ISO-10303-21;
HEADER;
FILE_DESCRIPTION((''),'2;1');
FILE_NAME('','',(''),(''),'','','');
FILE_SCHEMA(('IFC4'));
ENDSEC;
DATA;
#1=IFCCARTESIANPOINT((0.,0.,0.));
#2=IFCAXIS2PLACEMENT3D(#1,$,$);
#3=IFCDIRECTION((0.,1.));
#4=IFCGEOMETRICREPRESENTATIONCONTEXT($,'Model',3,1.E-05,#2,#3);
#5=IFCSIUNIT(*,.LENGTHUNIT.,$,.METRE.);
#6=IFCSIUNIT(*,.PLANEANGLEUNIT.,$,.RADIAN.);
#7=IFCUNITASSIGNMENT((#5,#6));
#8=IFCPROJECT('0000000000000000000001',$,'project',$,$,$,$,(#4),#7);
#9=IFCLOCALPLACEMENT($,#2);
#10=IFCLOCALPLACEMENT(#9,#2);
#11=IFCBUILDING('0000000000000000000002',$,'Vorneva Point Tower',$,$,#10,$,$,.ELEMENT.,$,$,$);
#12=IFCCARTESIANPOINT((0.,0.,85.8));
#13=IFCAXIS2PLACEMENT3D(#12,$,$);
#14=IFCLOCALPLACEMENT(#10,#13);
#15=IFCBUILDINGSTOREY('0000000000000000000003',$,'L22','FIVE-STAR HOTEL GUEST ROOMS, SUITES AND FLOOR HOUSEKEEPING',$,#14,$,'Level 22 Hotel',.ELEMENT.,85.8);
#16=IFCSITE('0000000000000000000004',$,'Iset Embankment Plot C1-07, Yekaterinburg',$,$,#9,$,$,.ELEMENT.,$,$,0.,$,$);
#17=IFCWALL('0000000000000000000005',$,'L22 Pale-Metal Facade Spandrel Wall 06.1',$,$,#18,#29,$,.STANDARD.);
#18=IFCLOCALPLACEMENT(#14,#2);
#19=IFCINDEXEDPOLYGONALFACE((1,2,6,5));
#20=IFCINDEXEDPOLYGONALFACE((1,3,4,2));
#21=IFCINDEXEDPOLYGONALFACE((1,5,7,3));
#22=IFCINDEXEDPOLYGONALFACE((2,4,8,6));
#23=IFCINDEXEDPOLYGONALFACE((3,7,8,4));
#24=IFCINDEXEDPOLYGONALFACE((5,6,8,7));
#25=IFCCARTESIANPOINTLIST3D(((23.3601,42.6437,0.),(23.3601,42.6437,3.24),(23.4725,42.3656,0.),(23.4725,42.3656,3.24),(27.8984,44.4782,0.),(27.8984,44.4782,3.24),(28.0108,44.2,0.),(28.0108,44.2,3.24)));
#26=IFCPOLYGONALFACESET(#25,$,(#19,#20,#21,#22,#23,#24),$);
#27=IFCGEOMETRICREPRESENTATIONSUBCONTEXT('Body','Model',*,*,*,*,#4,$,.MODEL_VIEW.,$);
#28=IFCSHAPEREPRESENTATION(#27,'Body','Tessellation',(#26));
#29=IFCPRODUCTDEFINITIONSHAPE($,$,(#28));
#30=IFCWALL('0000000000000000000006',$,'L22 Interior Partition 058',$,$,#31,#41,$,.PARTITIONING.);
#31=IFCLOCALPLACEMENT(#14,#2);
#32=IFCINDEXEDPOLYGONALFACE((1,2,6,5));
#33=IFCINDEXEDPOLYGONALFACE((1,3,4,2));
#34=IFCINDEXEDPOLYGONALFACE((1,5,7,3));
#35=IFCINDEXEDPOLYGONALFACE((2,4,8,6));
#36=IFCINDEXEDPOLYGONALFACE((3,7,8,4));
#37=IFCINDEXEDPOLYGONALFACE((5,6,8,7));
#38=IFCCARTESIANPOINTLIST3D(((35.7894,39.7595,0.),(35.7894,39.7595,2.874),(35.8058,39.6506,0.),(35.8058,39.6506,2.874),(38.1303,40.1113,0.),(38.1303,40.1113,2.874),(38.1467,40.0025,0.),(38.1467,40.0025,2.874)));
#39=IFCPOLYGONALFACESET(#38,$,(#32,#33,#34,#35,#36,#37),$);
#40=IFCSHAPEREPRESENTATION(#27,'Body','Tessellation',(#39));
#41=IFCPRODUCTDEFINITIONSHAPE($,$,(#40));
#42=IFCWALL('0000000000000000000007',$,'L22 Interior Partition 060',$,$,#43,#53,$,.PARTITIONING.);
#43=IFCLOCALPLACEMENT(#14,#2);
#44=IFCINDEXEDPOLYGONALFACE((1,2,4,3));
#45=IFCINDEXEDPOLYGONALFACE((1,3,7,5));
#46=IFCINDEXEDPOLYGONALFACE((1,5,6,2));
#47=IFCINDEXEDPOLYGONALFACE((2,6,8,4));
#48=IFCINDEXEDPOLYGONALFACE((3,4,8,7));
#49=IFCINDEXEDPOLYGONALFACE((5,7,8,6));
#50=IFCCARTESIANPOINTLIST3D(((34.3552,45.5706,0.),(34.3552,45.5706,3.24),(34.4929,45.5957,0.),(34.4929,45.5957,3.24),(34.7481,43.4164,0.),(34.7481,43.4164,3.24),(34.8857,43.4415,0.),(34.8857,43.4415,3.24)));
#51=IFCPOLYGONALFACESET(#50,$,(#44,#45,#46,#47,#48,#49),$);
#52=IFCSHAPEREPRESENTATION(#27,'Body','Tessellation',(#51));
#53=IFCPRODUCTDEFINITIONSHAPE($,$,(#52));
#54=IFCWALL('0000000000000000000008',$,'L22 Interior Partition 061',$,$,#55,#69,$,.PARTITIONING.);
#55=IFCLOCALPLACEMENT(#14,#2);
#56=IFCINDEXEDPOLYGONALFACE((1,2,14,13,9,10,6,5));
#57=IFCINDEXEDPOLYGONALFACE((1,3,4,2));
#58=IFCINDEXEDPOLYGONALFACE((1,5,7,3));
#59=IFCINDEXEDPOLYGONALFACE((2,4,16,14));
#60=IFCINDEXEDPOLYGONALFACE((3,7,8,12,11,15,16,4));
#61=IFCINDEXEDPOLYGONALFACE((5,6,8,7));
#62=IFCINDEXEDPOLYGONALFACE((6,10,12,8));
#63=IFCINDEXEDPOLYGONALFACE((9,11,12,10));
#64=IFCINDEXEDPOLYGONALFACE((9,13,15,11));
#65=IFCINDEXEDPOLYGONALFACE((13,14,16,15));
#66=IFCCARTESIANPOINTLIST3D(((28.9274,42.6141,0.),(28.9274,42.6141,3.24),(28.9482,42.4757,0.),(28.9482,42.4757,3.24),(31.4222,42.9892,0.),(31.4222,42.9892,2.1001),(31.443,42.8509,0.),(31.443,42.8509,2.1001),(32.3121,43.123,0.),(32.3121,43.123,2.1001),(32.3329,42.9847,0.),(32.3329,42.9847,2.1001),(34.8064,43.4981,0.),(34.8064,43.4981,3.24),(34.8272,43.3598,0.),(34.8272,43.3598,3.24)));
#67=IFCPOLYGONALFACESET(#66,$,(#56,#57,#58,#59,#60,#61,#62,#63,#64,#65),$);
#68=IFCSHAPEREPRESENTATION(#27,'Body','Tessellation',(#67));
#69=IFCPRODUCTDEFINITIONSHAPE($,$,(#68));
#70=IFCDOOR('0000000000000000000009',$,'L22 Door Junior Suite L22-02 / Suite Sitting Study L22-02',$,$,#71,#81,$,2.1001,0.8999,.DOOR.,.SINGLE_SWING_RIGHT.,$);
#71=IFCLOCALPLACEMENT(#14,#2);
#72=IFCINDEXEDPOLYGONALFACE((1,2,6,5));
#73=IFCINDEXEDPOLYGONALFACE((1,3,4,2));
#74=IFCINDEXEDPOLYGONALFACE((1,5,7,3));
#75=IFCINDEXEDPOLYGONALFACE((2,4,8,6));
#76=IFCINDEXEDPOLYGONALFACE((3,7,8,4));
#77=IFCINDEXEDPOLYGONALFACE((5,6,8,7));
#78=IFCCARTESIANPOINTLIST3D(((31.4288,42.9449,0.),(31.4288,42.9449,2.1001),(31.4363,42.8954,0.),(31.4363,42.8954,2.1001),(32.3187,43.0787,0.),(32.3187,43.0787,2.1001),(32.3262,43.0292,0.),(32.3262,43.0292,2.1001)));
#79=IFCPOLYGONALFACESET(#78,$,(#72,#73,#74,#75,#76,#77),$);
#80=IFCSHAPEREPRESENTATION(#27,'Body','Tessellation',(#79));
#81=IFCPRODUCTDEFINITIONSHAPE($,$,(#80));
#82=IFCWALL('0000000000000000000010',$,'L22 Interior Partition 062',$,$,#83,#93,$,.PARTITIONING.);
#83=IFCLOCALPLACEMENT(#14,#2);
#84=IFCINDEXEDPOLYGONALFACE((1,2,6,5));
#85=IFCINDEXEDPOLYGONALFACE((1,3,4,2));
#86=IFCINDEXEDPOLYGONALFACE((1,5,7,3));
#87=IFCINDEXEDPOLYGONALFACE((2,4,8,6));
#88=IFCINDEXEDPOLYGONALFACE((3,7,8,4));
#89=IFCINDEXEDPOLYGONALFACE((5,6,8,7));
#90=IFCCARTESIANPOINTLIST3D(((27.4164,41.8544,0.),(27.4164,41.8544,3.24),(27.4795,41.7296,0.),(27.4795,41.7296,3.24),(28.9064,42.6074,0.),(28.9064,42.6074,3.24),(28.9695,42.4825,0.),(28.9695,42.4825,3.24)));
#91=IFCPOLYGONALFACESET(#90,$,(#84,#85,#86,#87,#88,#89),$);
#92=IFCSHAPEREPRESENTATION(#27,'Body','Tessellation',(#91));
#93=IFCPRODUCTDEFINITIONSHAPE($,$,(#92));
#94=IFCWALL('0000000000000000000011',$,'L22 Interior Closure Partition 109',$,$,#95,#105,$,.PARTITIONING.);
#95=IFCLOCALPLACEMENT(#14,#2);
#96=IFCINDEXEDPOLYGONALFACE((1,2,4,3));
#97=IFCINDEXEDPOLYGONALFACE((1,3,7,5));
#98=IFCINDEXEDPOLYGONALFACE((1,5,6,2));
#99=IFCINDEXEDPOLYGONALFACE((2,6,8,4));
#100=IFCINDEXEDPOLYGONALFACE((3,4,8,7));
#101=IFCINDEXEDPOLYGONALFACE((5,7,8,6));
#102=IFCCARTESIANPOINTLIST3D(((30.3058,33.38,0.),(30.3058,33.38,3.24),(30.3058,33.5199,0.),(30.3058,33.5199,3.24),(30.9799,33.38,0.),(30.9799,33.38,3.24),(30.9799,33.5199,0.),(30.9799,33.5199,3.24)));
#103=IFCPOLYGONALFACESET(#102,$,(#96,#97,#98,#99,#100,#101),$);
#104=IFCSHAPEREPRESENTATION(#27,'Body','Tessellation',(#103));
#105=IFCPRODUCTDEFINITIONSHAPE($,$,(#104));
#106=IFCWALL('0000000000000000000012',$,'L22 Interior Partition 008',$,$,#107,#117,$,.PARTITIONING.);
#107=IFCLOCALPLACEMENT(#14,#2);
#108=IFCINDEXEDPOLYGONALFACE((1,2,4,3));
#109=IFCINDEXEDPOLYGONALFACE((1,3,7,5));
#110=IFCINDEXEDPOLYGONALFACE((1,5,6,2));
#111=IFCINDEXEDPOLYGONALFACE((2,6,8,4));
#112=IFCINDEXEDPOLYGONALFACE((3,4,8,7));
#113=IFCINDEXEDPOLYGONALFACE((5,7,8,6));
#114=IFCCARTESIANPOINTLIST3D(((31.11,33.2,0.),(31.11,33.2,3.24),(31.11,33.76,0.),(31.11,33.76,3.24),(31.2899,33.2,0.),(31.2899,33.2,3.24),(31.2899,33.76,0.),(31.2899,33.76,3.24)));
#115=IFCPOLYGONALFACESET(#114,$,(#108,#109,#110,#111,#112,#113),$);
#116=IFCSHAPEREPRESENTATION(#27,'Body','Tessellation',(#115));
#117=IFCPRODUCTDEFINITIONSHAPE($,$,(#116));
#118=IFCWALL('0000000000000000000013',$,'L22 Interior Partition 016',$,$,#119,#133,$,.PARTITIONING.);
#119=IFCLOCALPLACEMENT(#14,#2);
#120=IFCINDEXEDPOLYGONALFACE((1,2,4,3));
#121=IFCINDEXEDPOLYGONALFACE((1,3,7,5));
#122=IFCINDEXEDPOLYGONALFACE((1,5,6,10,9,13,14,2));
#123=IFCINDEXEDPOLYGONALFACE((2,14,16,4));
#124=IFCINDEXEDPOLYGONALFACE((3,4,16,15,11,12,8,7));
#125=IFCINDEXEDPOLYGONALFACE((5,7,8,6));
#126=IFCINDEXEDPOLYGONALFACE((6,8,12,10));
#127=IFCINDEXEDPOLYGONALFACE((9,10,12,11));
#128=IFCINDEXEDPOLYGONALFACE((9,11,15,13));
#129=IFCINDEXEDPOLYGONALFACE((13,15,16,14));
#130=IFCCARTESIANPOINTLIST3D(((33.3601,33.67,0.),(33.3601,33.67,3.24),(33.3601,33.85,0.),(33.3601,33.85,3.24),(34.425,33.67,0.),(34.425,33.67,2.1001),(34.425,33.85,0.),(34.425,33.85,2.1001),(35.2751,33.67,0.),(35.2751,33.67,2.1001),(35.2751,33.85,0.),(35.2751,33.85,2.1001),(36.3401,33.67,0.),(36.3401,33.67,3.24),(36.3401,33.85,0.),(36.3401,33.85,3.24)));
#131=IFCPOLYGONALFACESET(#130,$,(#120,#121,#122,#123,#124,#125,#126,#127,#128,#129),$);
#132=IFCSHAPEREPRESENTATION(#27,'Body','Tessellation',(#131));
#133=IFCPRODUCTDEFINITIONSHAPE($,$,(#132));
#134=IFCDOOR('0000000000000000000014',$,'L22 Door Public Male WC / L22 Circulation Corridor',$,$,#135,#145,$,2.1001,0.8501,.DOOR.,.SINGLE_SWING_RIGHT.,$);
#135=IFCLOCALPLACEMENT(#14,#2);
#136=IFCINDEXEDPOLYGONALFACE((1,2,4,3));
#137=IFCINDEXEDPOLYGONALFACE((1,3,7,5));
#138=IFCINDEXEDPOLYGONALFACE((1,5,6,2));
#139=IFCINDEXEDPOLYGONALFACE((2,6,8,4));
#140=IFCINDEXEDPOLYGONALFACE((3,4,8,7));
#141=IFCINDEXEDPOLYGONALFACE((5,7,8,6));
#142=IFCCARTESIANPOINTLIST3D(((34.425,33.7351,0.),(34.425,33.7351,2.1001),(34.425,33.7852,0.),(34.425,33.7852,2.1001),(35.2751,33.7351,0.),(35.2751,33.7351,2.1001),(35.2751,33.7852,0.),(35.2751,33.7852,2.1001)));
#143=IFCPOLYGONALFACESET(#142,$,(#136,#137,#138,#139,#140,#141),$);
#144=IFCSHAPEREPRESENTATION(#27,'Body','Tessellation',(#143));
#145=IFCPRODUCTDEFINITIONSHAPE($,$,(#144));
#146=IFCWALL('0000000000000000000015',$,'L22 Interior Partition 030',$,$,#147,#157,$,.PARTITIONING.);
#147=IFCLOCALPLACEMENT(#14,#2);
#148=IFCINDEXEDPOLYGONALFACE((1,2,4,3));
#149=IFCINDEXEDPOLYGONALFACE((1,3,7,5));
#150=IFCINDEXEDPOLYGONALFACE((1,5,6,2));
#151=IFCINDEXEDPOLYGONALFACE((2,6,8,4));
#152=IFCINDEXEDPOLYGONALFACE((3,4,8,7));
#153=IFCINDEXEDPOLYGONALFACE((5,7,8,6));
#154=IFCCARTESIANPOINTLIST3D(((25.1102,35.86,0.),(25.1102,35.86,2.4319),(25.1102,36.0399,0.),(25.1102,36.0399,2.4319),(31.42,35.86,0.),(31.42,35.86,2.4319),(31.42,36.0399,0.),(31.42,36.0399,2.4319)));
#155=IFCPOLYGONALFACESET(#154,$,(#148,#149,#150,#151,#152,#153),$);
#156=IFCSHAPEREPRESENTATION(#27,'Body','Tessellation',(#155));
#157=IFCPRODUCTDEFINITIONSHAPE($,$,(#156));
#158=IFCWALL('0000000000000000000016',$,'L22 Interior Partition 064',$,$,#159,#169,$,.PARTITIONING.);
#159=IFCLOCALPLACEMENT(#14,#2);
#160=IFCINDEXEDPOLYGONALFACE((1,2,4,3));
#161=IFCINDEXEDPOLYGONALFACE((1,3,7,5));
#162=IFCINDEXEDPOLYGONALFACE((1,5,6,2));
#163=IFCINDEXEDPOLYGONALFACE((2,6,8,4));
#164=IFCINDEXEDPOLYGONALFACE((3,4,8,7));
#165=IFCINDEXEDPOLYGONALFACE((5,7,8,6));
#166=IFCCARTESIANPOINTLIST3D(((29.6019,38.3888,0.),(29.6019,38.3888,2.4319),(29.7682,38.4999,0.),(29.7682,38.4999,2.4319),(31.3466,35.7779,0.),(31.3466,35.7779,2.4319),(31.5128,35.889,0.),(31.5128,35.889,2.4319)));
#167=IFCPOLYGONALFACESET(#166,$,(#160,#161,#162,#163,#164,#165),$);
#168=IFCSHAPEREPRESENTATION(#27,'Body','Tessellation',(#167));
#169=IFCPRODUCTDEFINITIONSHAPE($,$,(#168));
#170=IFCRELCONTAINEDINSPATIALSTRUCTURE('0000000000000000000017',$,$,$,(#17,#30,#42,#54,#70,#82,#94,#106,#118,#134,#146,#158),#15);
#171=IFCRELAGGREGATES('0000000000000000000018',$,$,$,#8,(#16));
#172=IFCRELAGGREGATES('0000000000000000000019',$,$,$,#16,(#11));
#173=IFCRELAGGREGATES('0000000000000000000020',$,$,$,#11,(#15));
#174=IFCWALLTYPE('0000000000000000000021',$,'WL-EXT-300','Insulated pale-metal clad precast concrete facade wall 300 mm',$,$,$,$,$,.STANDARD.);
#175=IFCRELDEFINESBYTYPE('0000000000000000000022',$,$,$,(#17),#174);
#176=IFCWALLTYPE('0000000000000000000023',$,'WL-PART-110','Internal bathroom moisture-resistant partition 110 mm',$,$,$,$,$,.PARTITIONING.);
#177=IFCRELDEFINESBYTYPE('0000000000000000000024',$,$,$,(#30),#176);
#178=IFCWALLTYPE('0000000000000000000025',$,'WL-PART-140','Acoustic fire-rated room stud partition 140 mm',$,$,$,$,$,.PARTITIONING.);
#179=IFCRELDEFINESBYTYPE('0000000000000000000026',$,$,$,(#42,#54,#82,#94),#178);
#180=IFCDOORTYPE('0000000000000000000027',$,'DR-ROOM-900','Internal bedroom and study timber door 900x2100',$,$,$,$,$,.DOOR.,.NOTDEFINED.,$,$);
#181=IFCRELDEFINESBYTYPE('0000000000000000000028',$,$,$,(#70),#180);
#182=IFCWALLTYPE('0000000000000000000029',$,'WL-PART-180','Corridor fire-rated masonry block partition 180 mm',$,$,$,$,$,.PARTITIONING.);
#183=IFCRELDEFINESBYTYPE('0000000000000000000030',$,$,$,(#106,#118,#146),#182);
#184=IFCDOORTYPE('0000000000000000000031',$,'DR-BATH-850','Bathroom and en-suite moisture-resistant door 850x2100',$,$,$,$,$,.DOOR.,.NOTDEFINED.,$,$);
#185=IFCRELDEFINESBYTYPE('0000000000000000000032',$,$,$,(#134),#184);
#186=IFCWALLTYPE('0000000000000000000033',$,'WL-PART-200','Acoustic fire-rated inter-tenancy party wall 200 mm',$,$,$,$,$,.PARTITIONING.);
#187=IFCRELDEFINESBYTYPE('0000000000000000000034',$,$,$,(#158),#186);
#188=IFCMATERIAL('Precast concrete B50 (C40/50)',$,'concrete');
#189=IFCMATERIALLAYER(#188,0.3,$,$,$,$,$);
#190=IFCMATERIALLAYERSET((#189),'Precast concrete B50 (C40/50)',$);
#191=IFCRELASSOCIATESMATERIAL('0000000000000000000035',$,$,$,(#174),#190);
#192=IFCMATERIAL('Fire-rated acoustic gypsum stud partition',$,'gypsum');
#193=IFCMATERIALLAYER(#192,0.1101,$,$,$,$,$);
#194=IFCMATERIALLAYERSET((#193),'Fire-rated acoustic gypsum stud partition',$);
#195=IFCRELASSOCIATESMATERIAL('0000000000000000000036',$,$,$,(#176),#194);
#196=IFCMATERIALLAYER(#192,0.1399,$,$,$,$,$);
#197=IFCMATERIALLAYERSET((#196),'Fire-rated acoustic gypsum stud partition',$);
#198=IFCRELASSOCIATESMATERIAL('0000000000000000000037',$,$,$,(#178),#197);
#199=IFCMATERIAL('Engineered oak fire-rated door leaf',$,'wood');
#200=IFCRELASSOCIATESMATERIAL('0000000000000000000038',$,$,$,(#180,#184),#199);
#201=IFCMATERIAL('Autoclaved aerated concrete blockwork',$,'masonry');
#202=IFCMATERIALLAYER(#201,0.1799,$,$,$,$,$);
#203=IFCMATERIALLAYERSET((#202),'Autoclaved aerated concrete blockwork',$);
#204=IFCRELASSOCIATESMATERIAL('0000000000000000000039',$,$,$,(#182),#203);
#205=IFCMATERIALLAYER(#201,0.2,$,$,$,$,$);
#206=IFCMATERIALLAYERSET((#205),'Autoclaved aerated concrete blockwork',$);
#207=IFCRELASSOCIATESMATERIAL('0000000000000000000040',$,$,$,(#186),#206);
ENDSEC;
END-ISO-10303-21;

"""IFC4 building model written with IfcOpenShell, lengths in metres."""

from ifc_helpers import new_model, si_unit, direction, frame, frame_2d, origin, place, context, subcontext, project, spatial, rectangle, extrude, material, layer, layer_set, type_object, element, fill, save


model = new_model("IFC4")

# Units and contexts
model_context = context("Model", 3, precision=1e-05, world=origin(), true_north=direction((0.0, 1.0)))
body_context = subcontext(model_context, "Body", "Model", "MODEL_VIEW")
ifc_project = project(units=[si_unit("LENGTHUNIT", "METRE"), si_unit("PLANEANGLEUNIT", "RADIAN")], contexts=[model_context])

# Site, building, storey
site_placement = place(None, origin())
site = spatial("IfcSite", under=ifc_project, at=site_placement, Name="Iset Embankment Plot C1-07, Yekaterinburg", CompositionType="ELEMENT", RefElevation=0.0)
building_placement = place(site_placement, origin())
building = spatial("IfcBuilding", under=site, at=building_placement, Name="Vorneva Point Tower", CompositionType="ELEMENT")
storey_placement = place(building_placement, frame((0.0, 0.0, 85.8)))
storey = spatial("IfcBuildingStorey", under=building, at=storey_placement, Name="L22", Description="FIVE-STAR HOTEL GUEST ROOMS, SUITES AND FLOOR HOUSEKEEPING", LongName="Level 22 Hotel", CompositionType="ELEMENT", Elevation=85.8)

# Walls
ifc_material_1 = material(Name="Precast concrete B50 (C40/50)", Category="concrete")
ifc_layer_1 = layer(ifc_material_1, 0.3)
ifc_layer_set_1 = layer_set([ifc_layer_1], Name="Precast concrete B50 (C40/50)")
wall_type_1 = type_object("IfcWallType", Name="WL-EXT-300", Description="Insulated pale-metal clad precast concrete facade wall 300 mm", PredefinedType="STANDARD", material=ifc_layer_set_1)
wall_1_placement = place(storey_placement, frame((27.9546, 44.3391, 0.0), z_axis=(0.0, 0.0, 1.0), x_axis=(-0.927122, -0.374759, 0.0)))
element("IfcWall", 1, at=wall_1_placement, inside=storey, type_object=wall_type_1, Name="L22 Pale-Metal Facade Spandrel Wall 06.1", PredefinedType="STANDARD", context=body_context, shape_type="SweptSolid", body=[
    extrude(rectangle(XDim=4.895, YDim=0.3, at=frame_2d((2.4475, 0.0))), origin(), (0.0, 0.0, 1.0), 3.24),
])
ifc_material_2 = material(Name="Fire-rated acoustic gypsum stud partition", Category="gypsum")
ifc_layer_2 = layer(ifc_material_2, 0.1101)
ifc_layer_set_2 = layer_set([ifc_layer_2], Name="Fire-rated acoustic gypsum stud partition")
wall_type_2 = type_object("IfcWallType", Name="WL-PART-110", Description="Internal bathroom moisture-resistant partition 110 mm", PredefinedType="PARTITIONING", material=ifc_layer_set_2)
wall_2_placement = place(storey_placement, frame((35.7976, 39.7051, 0.0), z_axis=(0.0, 0.0, 1.0), x_axis=(0.988894, 0.148623, 0.0)))
element("IfcWall", 2, at=wall_2_placement, inside=storey, type_object=wall_type_2, Name="L22 Interior Partition 058", PredefinedType="PARTITIONING", context=body_context, shape_type="SweptSolid", body=[
    extrude(rectangle(XDim=2.3672, YDim=0.1101, at=frame_2d((1.1836, 0.0))), origin(), (0.0, 0.0, 1.0), 2.874),
])
ifc_layer_3 = layer(ifc_material_2, 0.1399)
ifc_layer_set_3 = layer_set([ifc_layer_3], Name="Fire-rated acoustic gypsum stud partition")
wall_type_3 = type_object("IfcWallType", Name="WL-PART-140", Description="Acoustic fire-rated room stud partition 140 mm", PredefinedType="PARTITIONING", material=ifc_layer_set_3)
wall_3_placement = place(storey_placement, frame((34.4241, 45.583, 0.0), z_axis=(0.0, 0.0, 1.0), x_axis=(0.179405, -0.983775, 0.0)))
element("IfcWall", 3, at=wall_3_placement, inside=storey, type_object=wall_type_3, Name="L22 Interior Partition 060", PredefinedType="PARTITIONING", context=body_context, shape_type="SweptSolid", body=[
    extrude(rectangle(XDim=2.1897, YDim=0.1399, at=frame_2d((1.0947, 0.0))), origin(), (0.0, 0.0, 1.0), 3.24),
])

# Wall, opening, door
wall_4_placement = place(storey_placement, frame((34.8169, 43.429, 0.0), z_axis=(0.0, 0.0, 1.0), x_axis=(-0.988882, -0.148702, 0.0)))
wall_4 = element("IfcWall", 4, at=wall_4_placement, inside=storey, type_object=wall_type_3, Name="L22 Interior Partition 061", PredefinedType="PARTITIONING", context=body_context, shape_type="SweptSolid", body=[
    extrude(rectangle(XDim=5.9451, YDim=0.1399, at=frame_2d((2.9727, 0.0))), origin(), (0.0, 0.0, 1.0), 3.24),
])
opening_1_placement = place(wall_4_placement, frame((2.5225, 0.0, 0.0)))
opening_1 = element("IfcOpeningElement", 5, at=opening_1_placement, cuts=wall_4, PredefinedType="OPENING", context=body_context, shape_type="SweptSolid", body=[
    extrude(rectangle(XDim=0.8999, YDim=2.1001, at=frame_2d((0.45, 1.05))), frame((0.0, 0.085, 0.0), z_axis=(0.0, -1.0, 0.0), x_axis=(1.0, 0.0, 0.0)), (0.0, 0.0, 1.0), 0.1697),
])
ifc_material_3 = material(Name="Engineered oak fire-rated door leaf", Category="wood")
door_type_1 = type_object("IfcDoorType", Name="DR-ROOM-900", Description="Internal bedroom and study timber door 900x2100", OperationType="NOTDEFINED", PredefinedType="DOOR", material=ifc_material_3)
door_1_placement = place(opening_1_placement, origin())
door_1 = element("IfcDoor", 6, at=door_1_placement, inside=storey, type_object=door_type_1, Name="L22 Door Junior Suite L22-02 / Suite Sitting Study L22-02", OperationType="SINGLE_SWING_RIGHT", OverallHeight=2.1001, OverallWidth=0.8999, PredefinedType="DOOR", context=body_context, shape_type="SweptSolid", body=[
    extrude(rectangle(XDim=0.8999, YDim=2.1001, at=frame_2d((0.45, 1.05))), frame((0.0, 0.0249, 0.0), z_axis=(0.0, -1.0, 0.0), x_axis=(1.0, 0.0, 0.0)), (0.0, 0.0, 1.0), 0.05),
])
fill(opening_1, door_1)

# Walls
wall_5_placement = place(storey_placement, frame((28.938, 42.5449, 0.0), z_axis=(0.0, 0.0, 1.0), x_axis=(-0.892518, -0.451012, 0.0)))
element("IfcWall", 7, at=wall_5_placement, inside=storey, type_object=wall_type_3, Name="L22 Interior Partition 062", PredefinedType="PARTITIONING", context=body_context, shape_type="SweptSolid", body=[
    extrude(rectangle(XDim=1.6694, YDim=0.1399, at=frame_2d((0.8347, 0.0))), origin(), (0.0, 0.0, 1.0), 3.24),
])
wall_6_placement = place(storey_placement, frame((30.3059, 33.45, 0.0), z_axis=(0.0, 0.0, 1.0), x_axis=(1.0, 0.0, 0.0)))
element("IfcWall", 8, at=wall_6_placement, inside=storey, type_object=wall_type_3, Name="L22 Interior Closure Partition 109", PredefinedType="PARTITIONING", context=body_context, shape_type="SweptSolid", body=[
    extrude(rectangle(XDim=0.6741, YDim=0.1399, at=frame_2d((0.3369, 0.0))), origin(), (0.0, 0.0, 1.0), 3.24),
])

# Shared definitions
ifc_material_4 = material(Name="Autoclaved aerated concrete blockwork", Category="masonry")
ifc_layer_4 = layer(ifc_material_4, 0.1799)
ifc_layer_set_4 = layer_set([ifc_layer_4], Name="Autoclaved aerated concrete blockwork")
wall_type_4 = type_object("IfcWallType", Name="WL-PART-180", Description="Corridor fire-rated masonry block partition 180 mm", PredefinedType="PARTITIONING", material=ifc_layer_set_4)

# Wall
wall_7_placement = place(storey_placement, frame((31.2, 33.76, 0.0), z_axis=(0.0, 0.0, 1.0), x_axis=(0.0, -1.0, 0.0)))
element("IfcWall", 9, at=wall_7_placement, inside=storey, type_object=wall_type_4, Name="L22 Interior Partition 008", PredefinedType="PARTITIONING", context=body_context, shape_type="SweptSolid", body=[
    extrude(rectangle(XDim=0.5601, YDim=0.1799, at=frame_2d((0.28, 0.0))), origin(), (0.0, 0.0, 1.0), 3.24),
])

# Wall, opening, door
wall_8_placement = place(storey_placement, frame((36.3401, 33.76, 0.0), z_axis=(0.0, 0.0, 1.0), x_axis=(-1.0, 0.0, 0.0)))
wall_8 = element("IfcWall", 10, at=wall_8_placement, inside=storey, type_object=wall_type_4, Name="L22 Interior Partition 016", PredefinedType="PARTITIONING", context=body_context, shape_type="SweptSolid", body=[
    extrude(rectangle(XDim=2.98, YDim=0.1799, at=frame_2d((1.49, 0.0))), origin(), (0.0, 0.0, 1.0), 3.24),
])
opening_2_placement = place(wall_8_placement, frame((1.0649, 0.0, 0.0)))
opening_2 = element("IfcOpeningElement", 11, at=opening_2_placement, cuts=wall_8, PredefinedType="OPENING", context=body_context, shape_type="SweptSolid", body=[
    extrude(rectangle(XDim=0.8501, YDim=2.1001, at=frame_2d((0.425, 1.05))), frame((0.0, 0.105, 0.0), z_axis=(0.0, -1.0, 0.0), x_axis=(1.0, 0.0, 0.0)), (0.0, 0.0, 1.0), 0.2097),
])
door_type_2 = type_object("IfcDoorType", Name="DR-BATH-850", Description="Bathroom and en-suite moisture-resistant door 850x2100", OperationType="NOTDEFINED", PredefinedType="DOOR", material=ifc_material_3)
door_2_placement = place(opening_2_placement, origin())
door_2 = element("IfcDoor", 12, at=door_2_placement, inside=storey, type_object=door_type_2, Name="L22 Door Public Male WC / L22 Circulation Corridor", OperationType="SINGLE_SWING_RIGHT", OverallHeight=2.1001, OverallWidth=0.8501, PredefinedType="DOOR", context=body_context, shape_type="SweptSolid", body=[
    extrude(rectangle(XDim=0.8501, YDim=2.1001, at=frame_2d((0.425, 1.05))), frame((0.0, 0.0249, 0.0), z_axis=(0.0, -1.0, 0.0), x_axis=(1.0, 0.0, 0.0)), (0.0, 0.0, 1.0), 0.05),
])
fill(opening_2, door_2)

# Walls
wall_9_placement = place(storey_placement, frame((31.4199, 35.95, 0.0), z_axis=(0.0, 0.0, 1.0), x_axis=(-1.0, 0.0, 0.0)))
element("IfcWall", 13, at=wall_9_placement, inside=storey, type_object=wall_type_4, Name="L22 Interior Partition 030", PredefinedType="PARTITIONING", context=body_context, shape_type="SweptSolid", body=[
    extrude(rectangle(XDim=6.3098, YDim=0.1799, at=frame_2d((3.1548, 0.0))), origin(), (0.0, 0.0, 1.0), 2.4319),
])
ifc_layer_5 = layer(ifc_material_4, 0.2)
ifc_layer_set_5 = layer_set([ifc_layer_5], Name="Autoclaved aerated concrete blockwork")
wall_type_5 = type_object("IfcWallType", Name="WL-PART-200", Description="Acoustic fire-rated inter-tenancy party wall 200 mm", PredefinedType="PARTITIONING", material=ifc_layer_set_5)
wall_10_placement = place(storey_placement, frame((29.6851, 38.4443, 0.0), z_axis=(0.0, 0.0, 1.0), x_axis=(0.555597, -0.831452, 0.0)))
element("IfcWall", 14, at=wall_10_placement, inside=storey, type_object=wall_type_5, Name="L22 Interior Partition 064", PredefinedType="PARTITIONING", context=body_context, shape_type="SweptSolid", body=[
    extrude(rectangle(XDim=3.1401, YDim=0.2, at=frame_2d((1.5701, 0.0))), origin(), (0.0, 0.0, 1.0), 2.4319),
])

save(model, "model.ifc")
